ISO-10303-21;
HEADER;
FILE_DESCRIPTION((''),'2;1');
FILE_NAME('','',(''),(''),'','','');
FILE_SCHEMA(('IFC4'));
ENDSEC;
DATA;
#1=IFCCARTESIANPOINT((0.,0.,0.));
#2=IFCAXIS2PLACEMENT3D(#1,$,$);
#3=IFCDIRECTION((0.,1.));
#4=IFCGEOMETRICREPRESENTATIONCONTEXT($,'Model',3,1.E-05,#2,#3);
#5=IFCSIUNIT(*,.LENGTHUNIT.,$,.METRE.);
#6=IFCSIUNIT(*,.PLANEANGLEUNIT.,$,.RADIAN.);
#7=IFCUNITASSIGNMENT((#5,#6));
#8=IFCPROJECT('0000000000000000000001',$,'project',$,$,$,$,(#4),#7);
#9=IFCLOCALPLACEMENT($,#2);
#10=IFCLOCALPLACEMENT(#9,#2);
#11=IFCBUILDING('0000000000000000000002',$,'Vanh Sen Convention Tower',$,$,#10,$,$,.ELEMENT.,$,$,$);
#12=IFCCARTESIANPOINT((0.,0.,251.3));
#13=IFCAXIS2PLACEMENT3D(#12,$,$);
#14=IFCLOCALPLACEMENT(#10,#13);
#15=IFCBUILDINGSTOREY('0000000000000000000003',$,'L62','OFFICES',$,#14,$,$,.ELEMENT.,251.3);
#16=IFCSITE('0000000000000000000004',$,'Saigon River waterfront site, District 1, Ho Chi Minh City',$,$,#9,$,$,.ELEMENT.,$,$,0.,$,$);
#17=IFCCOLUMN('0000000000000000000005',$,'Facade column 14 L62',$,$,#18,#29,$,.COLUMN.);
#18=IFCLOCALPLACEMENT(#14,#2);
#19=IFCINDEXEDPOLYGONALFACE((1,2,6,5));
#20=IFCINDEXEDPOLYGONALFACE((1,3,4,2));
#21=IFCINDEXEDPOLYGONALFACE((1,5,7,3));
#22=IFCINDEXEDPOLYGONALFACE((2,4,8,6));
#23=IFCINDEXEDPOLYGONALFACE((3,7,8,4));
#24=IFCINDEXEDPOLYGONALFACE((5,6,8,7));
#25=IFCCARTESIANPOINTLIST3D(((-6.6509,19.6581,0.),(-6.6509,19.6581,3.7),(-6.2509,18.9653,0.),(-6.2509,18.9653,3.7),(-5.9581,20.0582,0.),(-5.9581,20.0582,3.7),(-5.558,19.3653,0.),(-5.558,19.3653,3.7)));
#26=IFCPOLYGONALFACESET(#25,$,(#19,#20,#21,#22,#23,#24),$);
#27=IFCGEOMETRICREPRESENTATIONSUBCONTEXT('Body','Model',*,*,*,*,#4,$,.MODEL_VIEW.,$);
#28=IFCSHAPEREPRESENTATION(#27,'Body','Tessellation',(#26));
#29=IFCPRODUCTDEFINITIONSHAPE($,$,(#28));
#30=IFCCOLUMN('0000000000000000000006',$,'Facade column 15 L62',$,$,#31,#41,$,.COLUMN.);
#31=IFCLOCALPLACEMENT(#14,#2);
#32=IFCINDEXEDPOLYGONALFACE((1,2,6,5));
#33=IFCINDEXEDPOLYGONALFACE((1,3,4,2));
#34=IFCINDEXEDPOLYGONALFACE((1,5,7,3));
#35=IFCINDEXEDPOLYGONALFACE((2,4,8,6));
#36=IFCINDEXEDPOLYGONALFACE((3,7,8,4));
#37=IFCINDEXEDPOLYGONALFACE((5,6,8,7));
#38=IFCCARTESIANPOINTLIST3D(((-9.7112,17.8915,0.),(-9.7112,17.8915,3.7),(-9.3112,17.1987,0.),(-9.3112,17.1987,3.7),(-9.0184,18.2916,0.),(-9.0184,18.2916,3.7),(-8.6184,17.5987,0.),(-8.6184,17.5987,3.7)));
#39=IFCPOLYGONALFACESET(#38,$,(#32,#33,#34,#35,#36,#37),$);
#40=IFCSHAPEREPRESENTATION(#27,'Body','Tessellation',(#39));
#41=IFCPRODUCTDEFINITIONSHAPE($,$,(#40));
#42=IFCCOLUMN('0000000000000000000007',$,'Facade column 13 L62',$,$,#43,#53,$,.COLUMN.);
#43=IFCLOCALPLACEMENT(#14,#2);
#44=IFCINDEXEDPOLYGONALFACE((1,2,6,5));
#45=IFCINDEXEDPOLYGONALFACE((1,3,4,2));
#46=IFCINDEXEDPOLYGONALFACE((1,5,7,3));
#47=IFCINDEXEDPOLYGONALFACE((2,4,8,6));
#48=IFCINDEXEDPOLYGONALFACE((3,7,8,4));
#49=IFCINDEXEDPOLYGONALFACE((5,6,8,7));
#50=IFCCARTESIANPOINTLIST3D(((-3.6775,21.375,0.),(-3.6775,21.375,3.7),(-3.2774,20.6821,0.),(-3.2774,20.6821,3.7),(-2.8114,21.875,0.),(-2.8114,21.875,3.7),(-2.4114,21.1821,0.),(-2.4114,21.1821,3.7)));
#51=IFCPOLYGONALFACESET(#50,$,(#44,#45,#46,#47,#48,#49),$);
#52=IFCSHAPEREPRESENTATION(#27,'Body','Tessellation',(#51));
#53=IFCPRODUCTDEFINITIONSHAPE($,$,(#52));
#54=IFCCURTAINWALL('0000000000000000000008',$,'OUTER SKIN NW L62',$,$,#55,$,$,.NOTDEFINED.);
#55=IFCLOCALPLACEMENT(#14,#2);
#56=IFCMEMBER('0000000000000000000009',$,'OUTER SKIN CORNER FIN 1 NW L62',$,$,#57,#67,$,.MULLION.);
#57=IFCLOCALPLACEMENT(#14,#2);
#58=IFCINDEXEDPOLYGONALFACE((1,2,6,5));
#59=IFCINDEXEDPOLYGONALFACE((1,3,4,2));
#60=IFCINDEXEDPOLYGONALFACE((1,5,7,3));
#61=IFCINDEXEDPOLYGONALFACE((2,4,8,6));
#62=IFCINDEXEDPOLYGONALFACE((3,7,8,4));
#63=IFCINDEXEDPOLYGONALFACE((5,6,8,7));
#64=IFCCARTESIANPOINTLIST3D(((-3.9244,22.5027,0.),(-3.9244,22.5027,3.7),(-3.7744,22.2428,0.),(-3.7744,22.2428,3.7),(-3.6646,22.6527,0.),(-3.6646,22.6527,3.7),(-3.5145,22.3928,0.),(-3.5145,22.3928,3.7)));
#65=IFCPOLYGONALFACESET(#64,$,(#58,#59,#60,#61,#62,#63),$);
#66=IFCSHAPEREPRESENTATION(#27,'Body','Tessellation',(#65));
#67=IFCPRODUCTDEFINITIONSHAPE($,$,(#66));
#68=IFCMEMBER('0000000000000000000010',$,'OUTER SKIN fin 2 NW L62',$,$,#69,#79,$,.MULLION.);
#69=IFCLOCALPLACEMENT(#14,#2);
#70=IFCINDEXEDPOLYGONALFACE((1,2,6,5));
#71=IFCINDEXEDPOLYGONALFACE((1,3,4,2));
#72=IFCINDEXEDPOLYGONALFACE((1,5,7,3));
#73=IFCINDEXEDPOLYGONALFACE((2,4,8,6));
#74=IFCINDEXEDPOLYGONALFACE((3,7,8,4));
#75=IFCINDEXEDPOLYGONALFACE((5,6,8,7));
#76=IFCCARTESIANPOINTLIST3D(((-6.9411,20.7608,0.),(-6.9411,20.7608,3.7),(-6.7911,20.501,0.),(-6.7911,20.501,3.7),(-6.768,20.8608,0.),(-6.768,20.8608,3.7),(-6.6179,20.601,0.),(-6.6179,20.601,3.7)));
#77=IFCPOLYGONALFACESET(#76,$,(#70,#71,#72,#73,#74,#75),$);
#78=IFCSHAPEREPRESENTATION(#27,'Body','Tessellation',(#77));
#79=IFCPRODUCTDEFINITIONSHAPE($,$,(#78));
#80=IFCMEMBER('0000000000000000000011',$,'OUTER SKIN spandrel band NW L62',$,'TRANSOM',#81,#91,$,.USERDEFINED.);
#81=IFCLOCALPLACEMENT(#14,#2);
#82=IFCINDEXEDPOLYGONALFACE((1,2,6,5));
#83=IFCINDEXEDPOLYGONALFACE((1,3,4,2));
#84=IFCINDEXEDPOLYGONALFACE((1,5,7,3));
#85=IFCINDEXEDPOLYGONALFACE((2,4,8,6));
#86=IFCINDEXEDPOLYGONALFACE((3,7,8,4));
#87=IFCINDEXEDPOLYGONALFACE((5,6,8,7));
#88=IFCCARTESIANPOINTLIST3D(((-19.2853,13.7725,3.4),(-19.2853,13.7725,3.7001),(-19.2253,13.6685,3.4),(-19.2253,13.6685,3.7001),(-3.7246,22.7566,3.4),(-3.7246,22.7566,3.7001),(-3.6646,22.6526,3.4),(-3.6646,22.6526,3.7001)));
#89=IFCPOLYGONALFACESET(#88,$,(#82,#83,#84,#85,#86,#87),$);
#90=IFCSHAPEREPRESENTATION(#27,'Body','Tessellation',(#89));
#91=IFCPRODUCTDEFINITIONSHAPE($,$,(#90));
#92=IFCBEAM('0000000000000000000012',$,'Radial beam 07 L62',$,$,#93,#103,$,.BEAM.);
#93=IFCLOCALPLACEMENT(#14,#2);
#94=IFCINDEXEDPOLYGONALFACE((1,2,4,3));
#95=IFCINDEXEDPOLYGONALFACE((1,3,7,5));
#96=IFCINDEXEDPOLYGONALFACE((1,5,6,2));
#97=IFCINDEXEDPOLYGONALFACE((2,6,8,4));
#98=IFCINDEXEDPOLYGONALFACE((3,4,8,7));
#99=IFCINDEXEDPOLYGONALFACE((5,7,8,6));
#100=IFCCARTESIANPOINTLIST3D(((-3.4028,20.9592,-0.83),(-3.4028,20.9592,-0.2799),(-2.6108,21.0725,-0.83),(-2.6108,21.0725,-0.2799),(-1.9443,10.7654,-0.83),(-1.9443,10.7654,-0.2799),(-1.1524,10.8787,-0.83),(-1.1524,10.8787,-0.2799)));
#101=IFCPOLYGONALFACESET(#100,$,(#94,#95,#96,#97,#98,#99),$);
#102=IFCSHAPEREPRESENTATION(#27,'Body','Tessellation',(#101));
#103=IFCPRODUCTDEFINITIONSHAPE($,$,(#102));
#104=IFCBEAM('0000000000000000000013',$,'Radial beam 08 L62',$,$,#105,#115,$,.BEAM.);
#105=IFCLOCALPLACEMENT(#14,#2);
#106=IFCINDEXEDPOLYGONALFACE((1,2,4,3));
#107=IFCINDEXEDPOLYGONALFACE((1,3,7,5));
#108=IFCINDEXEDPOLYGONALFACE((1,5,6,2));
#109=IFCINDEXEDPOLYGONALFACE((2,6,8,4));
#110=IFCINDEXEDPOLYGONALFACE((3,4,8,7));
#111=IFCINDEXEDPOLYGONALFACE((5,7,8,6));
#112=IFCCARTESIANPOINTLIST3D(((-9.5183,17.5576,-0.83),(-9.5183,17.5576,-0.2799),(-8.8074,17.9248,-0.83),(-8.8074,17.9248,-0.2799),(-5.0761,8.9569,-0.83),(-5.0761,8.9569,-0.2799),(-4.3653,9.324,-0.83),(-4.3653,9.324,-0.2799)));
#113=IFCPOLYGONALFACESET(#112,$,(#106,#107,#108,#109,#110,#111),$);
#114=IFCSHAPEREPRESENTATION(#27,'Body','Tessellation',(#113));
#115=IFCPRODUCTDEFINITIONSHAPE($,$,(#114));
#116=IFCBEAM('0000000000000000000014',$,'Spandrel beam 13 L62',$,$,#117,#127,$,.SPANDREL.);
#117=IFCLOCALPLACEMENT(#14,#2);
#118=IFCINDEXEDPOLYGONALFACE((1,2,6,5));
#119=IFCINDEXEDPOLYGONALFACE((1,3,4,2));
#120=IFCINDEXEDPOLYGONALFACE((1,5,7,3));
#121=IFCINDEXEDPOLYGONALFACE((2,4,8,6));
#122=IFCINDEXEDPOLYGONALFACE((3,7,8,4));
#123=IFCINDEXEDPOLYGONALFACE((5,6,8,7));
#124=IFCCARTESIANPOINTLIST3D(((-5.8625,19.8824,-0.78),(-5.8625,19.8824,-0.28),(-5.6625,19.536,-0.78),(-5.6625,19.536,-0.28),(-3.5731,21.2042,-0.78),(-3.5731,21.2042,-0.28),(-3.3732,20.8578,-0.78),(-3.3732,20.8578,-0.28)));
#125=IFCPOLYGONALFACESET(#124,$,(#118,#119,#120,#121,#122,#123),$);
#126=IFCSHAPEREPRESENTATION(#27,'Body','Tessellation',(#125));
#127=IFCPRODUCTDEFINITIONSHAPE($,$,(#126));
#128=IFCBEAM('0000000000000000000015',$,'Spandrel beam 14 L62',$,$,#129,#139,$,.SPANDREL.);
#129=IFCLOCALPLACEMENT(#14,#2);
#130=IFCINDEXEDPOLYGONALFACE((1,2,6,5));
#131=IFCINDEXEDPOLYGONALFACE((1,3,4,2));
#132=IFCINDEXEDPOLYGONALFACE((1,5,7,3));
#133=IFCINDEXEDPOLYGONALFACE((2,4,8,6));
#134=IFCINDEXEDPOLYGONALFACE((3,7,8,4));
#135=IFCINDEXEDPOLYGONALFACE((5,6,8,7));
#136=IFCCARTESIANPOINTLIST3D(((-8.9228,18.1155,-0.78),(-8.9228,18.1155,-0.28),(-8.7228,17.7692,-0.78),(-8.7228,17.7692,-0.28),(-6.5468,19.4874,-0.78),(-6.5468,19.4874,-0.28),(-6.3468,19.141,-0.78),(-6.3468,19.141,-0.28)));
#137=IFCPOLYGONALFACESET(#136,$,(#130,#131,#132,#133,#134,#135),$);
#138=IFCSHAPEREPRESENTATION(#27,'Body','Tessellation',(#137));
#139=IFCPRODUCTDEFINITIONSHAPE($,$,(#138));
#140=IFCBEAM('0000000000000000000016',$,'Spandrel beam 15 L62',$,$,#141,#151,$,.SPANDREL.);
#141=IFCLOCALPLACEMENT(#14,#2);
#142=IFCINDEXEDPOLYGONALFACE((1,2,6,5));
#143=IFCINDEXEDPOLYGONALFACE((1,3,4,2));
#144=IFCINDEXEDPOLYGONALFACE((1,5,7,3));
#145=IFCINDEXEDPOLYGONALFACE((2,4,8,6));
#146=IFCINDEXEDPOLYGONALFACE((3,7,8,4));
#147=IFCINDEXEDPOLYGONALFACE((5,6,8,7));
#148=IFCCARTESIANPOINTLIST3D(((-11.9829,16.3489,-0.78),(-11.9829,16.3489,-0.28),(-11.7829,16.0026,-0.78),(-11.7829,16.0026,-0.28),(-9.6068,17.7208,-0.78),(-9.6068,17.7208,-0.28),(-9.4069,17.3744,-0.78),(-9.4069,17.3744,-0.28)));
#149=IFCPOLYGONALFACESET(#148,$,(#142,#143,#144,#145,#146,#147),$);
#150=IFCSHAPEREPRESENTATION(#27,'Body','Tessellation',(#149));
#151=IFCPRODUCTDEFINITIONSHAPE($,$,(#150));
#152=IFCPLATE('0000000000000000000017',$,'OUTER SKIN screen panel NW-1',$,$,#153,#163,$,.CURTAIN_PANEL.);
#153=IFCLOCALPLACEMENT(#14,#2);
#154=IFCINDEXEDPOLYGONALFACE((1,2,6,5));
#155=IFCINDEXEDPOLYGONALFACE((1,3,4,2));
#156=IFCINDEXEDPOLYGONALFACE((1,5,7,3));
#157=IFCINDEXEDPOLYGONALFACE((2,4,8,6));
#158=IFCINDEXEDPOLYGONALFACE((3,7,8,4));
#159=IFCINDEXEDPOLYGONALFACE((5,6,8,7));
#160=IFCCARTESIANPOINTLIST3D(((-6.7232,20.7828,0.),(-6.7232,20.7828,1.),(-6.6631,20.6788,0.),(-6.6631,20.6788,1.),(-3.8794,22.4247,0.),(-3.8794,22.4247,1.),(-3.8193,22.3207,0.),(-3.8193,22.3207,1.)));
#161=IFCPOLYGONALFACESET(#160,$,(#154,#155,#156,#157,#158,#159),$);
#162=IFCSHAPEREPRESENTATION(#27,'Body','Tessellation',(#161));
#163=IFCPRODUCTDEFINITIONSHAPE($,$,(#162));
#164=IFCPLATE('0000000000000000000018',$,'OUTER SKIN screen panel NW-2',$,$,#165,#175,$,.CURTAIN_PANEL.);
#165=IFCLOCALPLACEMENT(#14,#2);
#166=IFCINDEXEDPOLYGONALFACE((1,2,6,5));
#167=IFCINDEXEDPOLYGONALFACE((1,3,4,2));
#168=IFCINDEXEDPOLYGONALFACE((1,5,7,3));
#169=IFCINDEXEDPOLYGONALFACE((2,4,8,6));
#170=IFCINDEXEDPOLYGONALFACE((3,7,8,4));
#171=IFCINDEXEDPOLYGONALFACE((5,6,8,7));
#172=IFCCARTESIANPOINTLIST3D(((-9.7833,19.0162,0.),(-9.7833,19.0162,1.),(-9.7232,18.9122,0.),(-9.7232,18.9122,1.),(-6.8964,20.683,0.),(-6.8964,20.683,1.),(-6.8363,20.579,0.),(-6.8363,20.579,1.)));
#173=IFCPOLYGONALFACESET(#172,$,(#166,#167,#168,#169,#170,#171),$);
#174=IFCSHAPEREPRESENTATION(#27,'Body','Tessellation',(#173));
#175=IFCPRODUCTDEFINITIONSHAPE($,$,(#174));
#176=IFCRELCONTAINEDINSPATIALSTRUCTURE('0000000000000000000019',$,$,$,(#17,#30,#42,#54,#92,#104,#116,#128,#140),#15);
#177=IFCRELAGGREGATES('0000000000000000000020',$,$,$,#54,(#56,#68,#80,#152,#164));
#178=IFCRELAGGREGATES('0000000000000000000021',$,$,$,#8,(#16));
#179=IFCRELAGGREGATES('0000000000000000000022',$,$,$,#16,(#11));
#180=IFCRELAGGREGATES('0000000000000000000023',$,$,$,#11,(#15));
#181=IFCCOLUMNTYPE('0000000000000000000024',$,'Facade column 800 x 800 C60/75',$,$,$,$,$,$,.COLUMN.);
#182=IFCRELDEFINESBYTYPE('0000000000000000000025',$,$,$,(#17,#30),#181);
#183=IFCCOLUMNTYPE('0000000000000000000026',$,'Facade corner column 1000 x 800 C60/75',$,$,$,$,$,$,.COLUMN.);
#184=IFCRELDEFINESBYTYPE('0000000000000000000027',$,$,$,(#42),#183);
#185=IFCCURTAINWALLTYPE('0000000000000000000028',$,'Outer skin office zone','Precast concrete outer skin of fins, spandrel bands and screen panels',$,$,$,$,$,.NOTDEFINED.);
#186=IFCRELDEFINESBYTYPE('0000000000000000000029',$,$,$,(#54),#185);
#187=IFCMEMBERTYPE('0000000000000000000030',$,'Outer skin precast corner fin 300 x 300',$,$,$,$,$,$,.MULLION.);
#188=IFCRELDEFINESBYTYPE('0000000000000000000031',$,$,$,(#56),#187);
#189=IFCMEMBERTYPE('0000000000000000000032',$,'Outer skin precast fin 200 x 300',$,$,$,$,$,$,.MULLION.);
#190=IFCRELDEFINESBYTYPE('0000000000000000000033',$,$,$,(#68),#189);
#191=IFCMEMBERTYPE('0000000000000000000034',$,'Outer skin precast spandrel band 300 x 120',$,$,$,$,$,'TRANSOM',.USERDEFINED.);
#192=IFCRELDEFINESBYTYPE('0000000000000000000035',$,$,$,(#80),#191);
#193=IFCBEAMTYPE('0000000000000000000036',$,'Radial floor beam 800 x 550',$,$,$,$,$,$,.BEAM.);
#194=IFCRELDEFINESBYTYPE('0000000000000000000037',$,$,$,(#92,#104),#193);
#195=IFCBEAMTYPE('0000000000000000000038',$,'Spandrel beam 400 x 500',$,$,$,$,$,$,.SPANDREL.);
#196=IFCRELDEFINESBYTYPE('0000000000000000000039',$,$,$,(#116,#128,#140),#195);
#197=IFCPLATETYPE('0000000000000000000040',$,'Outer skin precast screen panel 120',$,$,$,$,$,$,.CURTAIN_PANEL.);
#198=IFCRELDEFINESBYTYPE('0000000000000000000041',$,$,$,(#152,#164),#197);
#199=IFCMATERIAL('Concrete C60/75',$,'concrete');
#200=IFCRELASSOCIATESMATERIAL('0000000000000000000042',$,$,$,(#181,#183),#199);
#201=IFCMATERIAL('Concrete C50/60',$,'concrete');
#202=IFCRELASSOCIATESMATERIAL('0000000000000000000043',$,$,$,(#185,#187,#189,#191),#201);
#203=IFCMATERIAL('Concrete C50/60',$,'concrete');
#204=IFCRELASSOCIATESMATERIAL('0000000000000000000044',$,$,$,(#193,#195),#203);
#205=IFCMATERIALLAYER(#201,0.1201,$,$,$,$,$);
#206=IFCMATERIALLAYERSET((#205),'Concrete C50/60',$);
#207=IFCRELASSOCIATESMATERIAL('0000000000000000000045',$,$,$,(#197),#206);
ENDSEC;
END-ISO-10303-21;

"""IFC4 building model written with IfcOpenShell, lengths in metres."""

from ifc_helpers import new_model, si_unit, direction, frame, origin, origin_2d, place, context, subcontext, project, spatial, rectangle, extrude, material, layer, layer_set, material_profile, profile_set, type_object, element, aggregate, save


model = new_model("IFC4")

# Units and contexts
model_context = context("Model", 3, precision=1e-05, world=origin(), true_north=direction((0.0, 1.0)))
body_context = subcontext(model_context, "Body", "Model", "MODEL_VIEW")
ifc_project = project(units=[si_unit("LENGTHUNIT", "METRE"), si_unit("PLANEANGLEUNIT", "RADIAN")], contexts=[model_context])

# Site, building, storey
site_placement = place(None, origin())
site = spatial("IfcSite", under=ifc_project, at=site_placement, Name="Saigon River waterfront site, District 1, Ho Chi Minh City", CompositionType="ELEMENT", RefElevation=0.0)
building_placement = place(site_placement, origin())
building = spatial("IfcBuilding", under=site, at=building_placement, Name="Vanh Sen Convention Tower", CompositionType="ELEMENT")
storey_placement = place(building_placement, frame((0.0, 0.0, 251.3)))
storey = spatial("IfcBuildingStorey", under=building, at=storey_placement, Name="L62", Description="OFFICES", CompositionType="ELEMENT", Elevation=251.3)

# Columns
ifc_material_1 = material(Name="Concrete C60/75", Category="concrete")
ifc_material_profile_1 = material_profile(ifc_material_1, rectangle(XDim=0.8, YDim=0.8, at=origin_2d()), Name="RC 800X800")
ifc_profile_set_1 = profile_set([ifc_material_profile_1], Name="Concrete C60/75")
column_type_1 = type_object("IfcColumnType", Name="Facade column 800 x 800 C60/75", PredefinedType="COLUMN", material=ifc_profile_set_1)
for number, where, z_axis, x_axis, name in (
    (1, (-6.1045, 19.5117, 0.0), (0.0, 0.0, 1.0), (-0.866025, -0.5, 0.0), "Facade column 14 L62"),
    (2, (-9.1648, 17.7451, 0.0), (0.0, 0.0, 1.0), (-0.866025, -0.5, 0.0), "Facade column 15 L62"),
):
    element("IfcColumn", number, at=place(storey_placement, frame(where, z_axis=z_axis, x_axis=x_axis)), inside=storey, type_object=column_type_1, Name=name, PredefinedType="COLUMN", context=body_context, shape_type="SweptSolid", body=[
        extrude(rectangle(XDim=0.8, YDim=0.8, at=origin_2d()), origin(), (0.0, 0.0, 1.0), 3.7),
    ])
ifc_material_profile_2 = material_profile(ifc_material_1, rectangle(XDim=1.0, YDim=0.8, at=origin_2d()), Name="RC 1000X800")
ifc_profile_set_2 = profile_set([ifc_material_profile_2], Name="Concrete C60/75")
column_type_2 = type_object("IfcColumnType", Name="Facade corner column 1000 x 800 C60/75", PredefinedType="COLUMN", material=ifc_profile_set_2)
column_placement = place(storey_placement, frame((-3.0444, 21.2786, 0.0), z_axis=(0.0, 0.0, 1.0), x_axis=(-0.866025, -0.5, 0.0)))
element("IfcColumn", 3, at=column_placement, inside=storey, type_object=column_type_2, Name="Facade column 13 L62", PredefinedType="COLUMN", context=body_context, shape_type="SweptSolid", body=[
    extrude(rectangle(XDim=1.0, YDim=0.8, at=origin_2d()), origin(), (0.0, 0.0, 1.0), 3.7),
])

# Curtain wall, members
ifc_material_2 = material(Name="Concrete C50/60", Category="concrete")
curtain_wall_type = type_object("IfcCurtainWallType", Name="Outer skin office zone", Description="Precast concrete outer skin of fins, spandrel bands and screen panels", PredefinedType="NOTDEFINED", material=ifc_material_2)
curtain_wall_placement = place(storey_placement, origin())
curtain_wall = element("IfcCurtainWall", 4, at=curtain_wall_placement, inside=storey, type_object=curtain_wall_type, Name="OUTER SKIN NW L62", PredefinedType="NOTDEFINED")
ifc_material_profile_3 = material_profile(ifc_material_2, rectangle(XDim=0.3, YDim=0.3, at=origin_2d()), Name="Outer skin precast corner fin 300 x 300")
ifc_profile_set_3 = profile_set([ifc_material_profile_3], Name="Concrete C50/60")
member_type_1 = type_object("IfcMemberType", Name="Outer skin precast corner fin 300 x 300", PredefinedType="MULLION", material=ifc_profile_set_3)
member_1_placement = place(storey_placement, frame((-3.7195, 22.4478, 0.0), z_axis=(0.0, 0.0, 1.0), x_axis=(-0.866025, -0.5, 0.0)))
member_1 = element("IfcMember", 5, at=member_1_placement, type_object=member_type_1, Name="OUTER SKIN CORNER FIN 1 NW L62", PredefinedType="MULLION", context=body_context, shape_type="SweptSolid", body=[
    extrude(rectangle(XDim=0.3, YDim=0.3, at=origin_2d()), origin(), (0.0, 0.0, 1.0), 3.7),
])
ifc_material_profile_4 = material_profile(ifc_material_2, rectangle(XDim=0.2, YDim=0.3, at=origin_2d()), Name="Outer skin precast fin 200 x 300")
ifc_profile_set_4 = profile_set([ifc_material_profile_4], Name="Concrete C50/60")
member_type_2 = type_object("IfcMemberType", Name="Outer skin precast fin 200 x 300", PredefinedType="MULLION", material=ifc_profile_set_4)
member_2_placement = place(storey_placement, frame((-6.7795, 20.6809, 0.0), z_axis=(0.0, 0.0, 1.0), x_axis=(-0.866025, -0.5, 0.0)))
member_2 = element("IfcMember", 6, at=member_2_placement, type_object=member_type_2, Name="OUTER SKIN fin 2 NW L62", PredefinedType="MULLION", context=body_context, shape_type="SweptSolid", body=[
    extrude(rectangle(XDim=0.2, YDim=0.3, at=origin_2d()), origin(), (0.0, 0.0, 1.0), 3.7),
])
ifc_material_profile_5 = material_profile(ifc_material_2, rectangle(XDim=0.1201, YDim=0.3, at=origin_2d()), Name="Outer skin precast spandrel band 300 x 120")
ifc_profile_set_5 = profile_set([ifc_material_profile_5], Name="Concrete C50/60")
member_type_3 = type_object("IfcMemberType", Name="Outer skin precast spandrel band 300 x 120", ElementType="TRANSOM", PredefinedType="USERDEFINED", material=ifc_profile_set_5)
member_3_placement = place(storey_placement, frame((-3.6946, 22.7046, 3.55), z_axis=(-0.866023, -0.500004, 0.0), x_axis=(0.500004, -0.866023, 0.0)))
member_3 = element("IfcMember", 7, at=member_3_placement, type_object=member_type_3, Name="OUTER SKIN spandrel band NW L62", ObjectType="TRANSOM", PredefinedType="USERDEFINED", context=body_context, shape_type="SweptSolid", body=[
    extrude(rectangle(XDim=0.1201, YDim=0.3, at=origin_2d()), origin(), (0.0, 0.0, 1.0), 17.968),
])

# Beams
ifc_material_3 = material(Name="Concrete C50/60", Category="concrete")
ifc_material_profile_6 = material_profile(ifc_material_3, rectangle(XDim=0.8, YDim=0.55, at=origin_2d()), Name="RC 800X550")
ifc_profile_set_6 = profile_set([ifc_material_profile_6], Name="Concrete C50/60")
beam_type_1 = type_object("IfcBeamType", Name="Radial floor beam 800 x 550", PredefinedType="BEAM", material=ifc_profile_set_6)
beam_1_placement = place(storey_placement, frame((-3.0068, 21.0159, -0.5549), z_axis=(0.141634, -0.989919, 0.0), x_axis=(0.989919, 0.141634, 0.0)))
element("IfcBeam", 8, at=beam_1_placement, inside=storey, type_object=beam_type_1, Name="Radial beam 07 L62", PredefinedType="BEAM", context=body_context, shape_type="SweptSolid", body=[
    extrude(rectangle(XDim=0.8, YDim=0.55, at=origin_2d()), origin(), (0.0, 0.0, 1.0), 10.2976),
])
beam_2_placement = place(storey_placement, frame((-9.1628, 17.7412, -0.5549), z_axis=(0.458888, -0.888494, 0.0), x_axis=(0.888494, 0.458888, 0.0)))
element("IfcBeam", 9, at=beam_2_placement, inside=storey, type_object=beam_type_1, Name="Radial beam 08 L62", PredefinedType="BEAM", context=body_context, shape_type="SweptSolid", body=[
    extrude(rectangle(XDim=0.8, YDim=0.55, at=origin_2d()), origin(), (0.0, 0.0, 1.0), 9.6802),
])
ifc_material_profile_7 = material_profile(ifc_material_3, rectangle(XDim=0.3999, YDim=0.5, at=origin_2d()), Name="RC 400X500")
ifc_profile_set_7 = profile_set([ifc_material_profile_7], Name="Concrete C50/60")
beam_type_2 = type_object("IfcBeamType", Name="Spandrel beam 400 x 500", PredefinedType="SPANDREL", material=ifc_profile_set_7)
beam_3_placement = place(storey_placement, frame((-3.4731, 21.031, -0.53), z_axis=(-0.866018, -0.500013, 0.0), x_axis=(0.500013, -0.866018, 0.0)))
element("IfcBeam", 10, at=beam_3_placement, inside=storey, type_object=beam_type_2, Name="Spandrel beam 13 L62", PredefinedType="SPANDREL", context=body_context, shape_type="SweptSolid", body=[
    extrude(rectangle(XDim=0.3999, YDim=0.5, at=origin_2d()), origin(), (0.0, 0.0, 1.0), 2.6436),
])
for number, where, z_axis, x_axis, name in (
    (11, (-6.4468, 19.3142, -0.53), (-0.866017, -0.500015, 0.0), (0.500015, -0.866017, 0.0), "Spandrel beam 14 L62"),
    (12, (-9.5068, 17.5476, -0.53), (-0.866017, -0.500015, 0.0), (0.500015, -0.866017, 0.0), "Spandrel beam 15 L62"),
):
    element("IfcBeam", number, at=place(storey_placement, frame(where, z_axis=z_axis, x_axis=x_axis)), inside=storey, type_object=beam_type_2, Name=name, PredefinedType="SPANDREL", context=body_context, shape_type="SweptSolid", body=[
        extrude(rectangle(XDim=0.3999, YDim=0.5, at=origin_2d()), origin(), (0.0, 0.0, 1.0), 2.7437),
    ])

# Plates
ifc_layer_1 = layer(ifc_material_2, 0.1201)
ifc_layer_set_1 = layer_set([ifc_layer_1], Name="Concrete C50/60")
plate_type = type_object("IfcPlateType", Name="Outer skin precast screen panel 120", PredefinedType="CURTAIN_PANEL", material=ifc_layer_set_1)
plate_1_placement = place(storey_placement, frame((-5.2712, 21.5518, 0.0), z_axis=(0.0, 0.0, 1.0), x_axis=(-0.866026, -0.499998, 0.0)))
plate_1 = element("IfcPlate", 13, at=plate_1_placement, type_object=plate_type, Name="OUTER SKIN screen panel NW-1", PredefinedType="CURTAIN_PANEL", context=body_context, shape_type="SweptSolid", body=[
    extrude(rectangle(XDim=3.2837, YDim=0.1201, at=origin_2d()), origin(), (0.0, 0.0, 1.0), 1.0),
])
plate_2_placement = place(storey_placement, frame((-8.3098, 19.7976, 0.0), z_axis=(0.0, 0.0, 1.0), x_axis=(-0.866026, -0.499998, 0.0)))
plate_2 = element("IfcPlate", 14, at=plate_2_placement, type_object=plate_type, Name="OUTER SKIN screen panel NW-2", PredefinedType="CURTAIN_PANEL", context=body_context, shape_type="SweptSolid", body=[
    extrude(rectangle(XDim=3.3335, YDim=0.1201, at=origin_2d()), origin(), (0.0, 0.0, 1.0), 1.0),
])
aggregate(curtain_wall, [member_1, member_2, member_3, plate_1, plate_2])

save(model, "model.ifc")
